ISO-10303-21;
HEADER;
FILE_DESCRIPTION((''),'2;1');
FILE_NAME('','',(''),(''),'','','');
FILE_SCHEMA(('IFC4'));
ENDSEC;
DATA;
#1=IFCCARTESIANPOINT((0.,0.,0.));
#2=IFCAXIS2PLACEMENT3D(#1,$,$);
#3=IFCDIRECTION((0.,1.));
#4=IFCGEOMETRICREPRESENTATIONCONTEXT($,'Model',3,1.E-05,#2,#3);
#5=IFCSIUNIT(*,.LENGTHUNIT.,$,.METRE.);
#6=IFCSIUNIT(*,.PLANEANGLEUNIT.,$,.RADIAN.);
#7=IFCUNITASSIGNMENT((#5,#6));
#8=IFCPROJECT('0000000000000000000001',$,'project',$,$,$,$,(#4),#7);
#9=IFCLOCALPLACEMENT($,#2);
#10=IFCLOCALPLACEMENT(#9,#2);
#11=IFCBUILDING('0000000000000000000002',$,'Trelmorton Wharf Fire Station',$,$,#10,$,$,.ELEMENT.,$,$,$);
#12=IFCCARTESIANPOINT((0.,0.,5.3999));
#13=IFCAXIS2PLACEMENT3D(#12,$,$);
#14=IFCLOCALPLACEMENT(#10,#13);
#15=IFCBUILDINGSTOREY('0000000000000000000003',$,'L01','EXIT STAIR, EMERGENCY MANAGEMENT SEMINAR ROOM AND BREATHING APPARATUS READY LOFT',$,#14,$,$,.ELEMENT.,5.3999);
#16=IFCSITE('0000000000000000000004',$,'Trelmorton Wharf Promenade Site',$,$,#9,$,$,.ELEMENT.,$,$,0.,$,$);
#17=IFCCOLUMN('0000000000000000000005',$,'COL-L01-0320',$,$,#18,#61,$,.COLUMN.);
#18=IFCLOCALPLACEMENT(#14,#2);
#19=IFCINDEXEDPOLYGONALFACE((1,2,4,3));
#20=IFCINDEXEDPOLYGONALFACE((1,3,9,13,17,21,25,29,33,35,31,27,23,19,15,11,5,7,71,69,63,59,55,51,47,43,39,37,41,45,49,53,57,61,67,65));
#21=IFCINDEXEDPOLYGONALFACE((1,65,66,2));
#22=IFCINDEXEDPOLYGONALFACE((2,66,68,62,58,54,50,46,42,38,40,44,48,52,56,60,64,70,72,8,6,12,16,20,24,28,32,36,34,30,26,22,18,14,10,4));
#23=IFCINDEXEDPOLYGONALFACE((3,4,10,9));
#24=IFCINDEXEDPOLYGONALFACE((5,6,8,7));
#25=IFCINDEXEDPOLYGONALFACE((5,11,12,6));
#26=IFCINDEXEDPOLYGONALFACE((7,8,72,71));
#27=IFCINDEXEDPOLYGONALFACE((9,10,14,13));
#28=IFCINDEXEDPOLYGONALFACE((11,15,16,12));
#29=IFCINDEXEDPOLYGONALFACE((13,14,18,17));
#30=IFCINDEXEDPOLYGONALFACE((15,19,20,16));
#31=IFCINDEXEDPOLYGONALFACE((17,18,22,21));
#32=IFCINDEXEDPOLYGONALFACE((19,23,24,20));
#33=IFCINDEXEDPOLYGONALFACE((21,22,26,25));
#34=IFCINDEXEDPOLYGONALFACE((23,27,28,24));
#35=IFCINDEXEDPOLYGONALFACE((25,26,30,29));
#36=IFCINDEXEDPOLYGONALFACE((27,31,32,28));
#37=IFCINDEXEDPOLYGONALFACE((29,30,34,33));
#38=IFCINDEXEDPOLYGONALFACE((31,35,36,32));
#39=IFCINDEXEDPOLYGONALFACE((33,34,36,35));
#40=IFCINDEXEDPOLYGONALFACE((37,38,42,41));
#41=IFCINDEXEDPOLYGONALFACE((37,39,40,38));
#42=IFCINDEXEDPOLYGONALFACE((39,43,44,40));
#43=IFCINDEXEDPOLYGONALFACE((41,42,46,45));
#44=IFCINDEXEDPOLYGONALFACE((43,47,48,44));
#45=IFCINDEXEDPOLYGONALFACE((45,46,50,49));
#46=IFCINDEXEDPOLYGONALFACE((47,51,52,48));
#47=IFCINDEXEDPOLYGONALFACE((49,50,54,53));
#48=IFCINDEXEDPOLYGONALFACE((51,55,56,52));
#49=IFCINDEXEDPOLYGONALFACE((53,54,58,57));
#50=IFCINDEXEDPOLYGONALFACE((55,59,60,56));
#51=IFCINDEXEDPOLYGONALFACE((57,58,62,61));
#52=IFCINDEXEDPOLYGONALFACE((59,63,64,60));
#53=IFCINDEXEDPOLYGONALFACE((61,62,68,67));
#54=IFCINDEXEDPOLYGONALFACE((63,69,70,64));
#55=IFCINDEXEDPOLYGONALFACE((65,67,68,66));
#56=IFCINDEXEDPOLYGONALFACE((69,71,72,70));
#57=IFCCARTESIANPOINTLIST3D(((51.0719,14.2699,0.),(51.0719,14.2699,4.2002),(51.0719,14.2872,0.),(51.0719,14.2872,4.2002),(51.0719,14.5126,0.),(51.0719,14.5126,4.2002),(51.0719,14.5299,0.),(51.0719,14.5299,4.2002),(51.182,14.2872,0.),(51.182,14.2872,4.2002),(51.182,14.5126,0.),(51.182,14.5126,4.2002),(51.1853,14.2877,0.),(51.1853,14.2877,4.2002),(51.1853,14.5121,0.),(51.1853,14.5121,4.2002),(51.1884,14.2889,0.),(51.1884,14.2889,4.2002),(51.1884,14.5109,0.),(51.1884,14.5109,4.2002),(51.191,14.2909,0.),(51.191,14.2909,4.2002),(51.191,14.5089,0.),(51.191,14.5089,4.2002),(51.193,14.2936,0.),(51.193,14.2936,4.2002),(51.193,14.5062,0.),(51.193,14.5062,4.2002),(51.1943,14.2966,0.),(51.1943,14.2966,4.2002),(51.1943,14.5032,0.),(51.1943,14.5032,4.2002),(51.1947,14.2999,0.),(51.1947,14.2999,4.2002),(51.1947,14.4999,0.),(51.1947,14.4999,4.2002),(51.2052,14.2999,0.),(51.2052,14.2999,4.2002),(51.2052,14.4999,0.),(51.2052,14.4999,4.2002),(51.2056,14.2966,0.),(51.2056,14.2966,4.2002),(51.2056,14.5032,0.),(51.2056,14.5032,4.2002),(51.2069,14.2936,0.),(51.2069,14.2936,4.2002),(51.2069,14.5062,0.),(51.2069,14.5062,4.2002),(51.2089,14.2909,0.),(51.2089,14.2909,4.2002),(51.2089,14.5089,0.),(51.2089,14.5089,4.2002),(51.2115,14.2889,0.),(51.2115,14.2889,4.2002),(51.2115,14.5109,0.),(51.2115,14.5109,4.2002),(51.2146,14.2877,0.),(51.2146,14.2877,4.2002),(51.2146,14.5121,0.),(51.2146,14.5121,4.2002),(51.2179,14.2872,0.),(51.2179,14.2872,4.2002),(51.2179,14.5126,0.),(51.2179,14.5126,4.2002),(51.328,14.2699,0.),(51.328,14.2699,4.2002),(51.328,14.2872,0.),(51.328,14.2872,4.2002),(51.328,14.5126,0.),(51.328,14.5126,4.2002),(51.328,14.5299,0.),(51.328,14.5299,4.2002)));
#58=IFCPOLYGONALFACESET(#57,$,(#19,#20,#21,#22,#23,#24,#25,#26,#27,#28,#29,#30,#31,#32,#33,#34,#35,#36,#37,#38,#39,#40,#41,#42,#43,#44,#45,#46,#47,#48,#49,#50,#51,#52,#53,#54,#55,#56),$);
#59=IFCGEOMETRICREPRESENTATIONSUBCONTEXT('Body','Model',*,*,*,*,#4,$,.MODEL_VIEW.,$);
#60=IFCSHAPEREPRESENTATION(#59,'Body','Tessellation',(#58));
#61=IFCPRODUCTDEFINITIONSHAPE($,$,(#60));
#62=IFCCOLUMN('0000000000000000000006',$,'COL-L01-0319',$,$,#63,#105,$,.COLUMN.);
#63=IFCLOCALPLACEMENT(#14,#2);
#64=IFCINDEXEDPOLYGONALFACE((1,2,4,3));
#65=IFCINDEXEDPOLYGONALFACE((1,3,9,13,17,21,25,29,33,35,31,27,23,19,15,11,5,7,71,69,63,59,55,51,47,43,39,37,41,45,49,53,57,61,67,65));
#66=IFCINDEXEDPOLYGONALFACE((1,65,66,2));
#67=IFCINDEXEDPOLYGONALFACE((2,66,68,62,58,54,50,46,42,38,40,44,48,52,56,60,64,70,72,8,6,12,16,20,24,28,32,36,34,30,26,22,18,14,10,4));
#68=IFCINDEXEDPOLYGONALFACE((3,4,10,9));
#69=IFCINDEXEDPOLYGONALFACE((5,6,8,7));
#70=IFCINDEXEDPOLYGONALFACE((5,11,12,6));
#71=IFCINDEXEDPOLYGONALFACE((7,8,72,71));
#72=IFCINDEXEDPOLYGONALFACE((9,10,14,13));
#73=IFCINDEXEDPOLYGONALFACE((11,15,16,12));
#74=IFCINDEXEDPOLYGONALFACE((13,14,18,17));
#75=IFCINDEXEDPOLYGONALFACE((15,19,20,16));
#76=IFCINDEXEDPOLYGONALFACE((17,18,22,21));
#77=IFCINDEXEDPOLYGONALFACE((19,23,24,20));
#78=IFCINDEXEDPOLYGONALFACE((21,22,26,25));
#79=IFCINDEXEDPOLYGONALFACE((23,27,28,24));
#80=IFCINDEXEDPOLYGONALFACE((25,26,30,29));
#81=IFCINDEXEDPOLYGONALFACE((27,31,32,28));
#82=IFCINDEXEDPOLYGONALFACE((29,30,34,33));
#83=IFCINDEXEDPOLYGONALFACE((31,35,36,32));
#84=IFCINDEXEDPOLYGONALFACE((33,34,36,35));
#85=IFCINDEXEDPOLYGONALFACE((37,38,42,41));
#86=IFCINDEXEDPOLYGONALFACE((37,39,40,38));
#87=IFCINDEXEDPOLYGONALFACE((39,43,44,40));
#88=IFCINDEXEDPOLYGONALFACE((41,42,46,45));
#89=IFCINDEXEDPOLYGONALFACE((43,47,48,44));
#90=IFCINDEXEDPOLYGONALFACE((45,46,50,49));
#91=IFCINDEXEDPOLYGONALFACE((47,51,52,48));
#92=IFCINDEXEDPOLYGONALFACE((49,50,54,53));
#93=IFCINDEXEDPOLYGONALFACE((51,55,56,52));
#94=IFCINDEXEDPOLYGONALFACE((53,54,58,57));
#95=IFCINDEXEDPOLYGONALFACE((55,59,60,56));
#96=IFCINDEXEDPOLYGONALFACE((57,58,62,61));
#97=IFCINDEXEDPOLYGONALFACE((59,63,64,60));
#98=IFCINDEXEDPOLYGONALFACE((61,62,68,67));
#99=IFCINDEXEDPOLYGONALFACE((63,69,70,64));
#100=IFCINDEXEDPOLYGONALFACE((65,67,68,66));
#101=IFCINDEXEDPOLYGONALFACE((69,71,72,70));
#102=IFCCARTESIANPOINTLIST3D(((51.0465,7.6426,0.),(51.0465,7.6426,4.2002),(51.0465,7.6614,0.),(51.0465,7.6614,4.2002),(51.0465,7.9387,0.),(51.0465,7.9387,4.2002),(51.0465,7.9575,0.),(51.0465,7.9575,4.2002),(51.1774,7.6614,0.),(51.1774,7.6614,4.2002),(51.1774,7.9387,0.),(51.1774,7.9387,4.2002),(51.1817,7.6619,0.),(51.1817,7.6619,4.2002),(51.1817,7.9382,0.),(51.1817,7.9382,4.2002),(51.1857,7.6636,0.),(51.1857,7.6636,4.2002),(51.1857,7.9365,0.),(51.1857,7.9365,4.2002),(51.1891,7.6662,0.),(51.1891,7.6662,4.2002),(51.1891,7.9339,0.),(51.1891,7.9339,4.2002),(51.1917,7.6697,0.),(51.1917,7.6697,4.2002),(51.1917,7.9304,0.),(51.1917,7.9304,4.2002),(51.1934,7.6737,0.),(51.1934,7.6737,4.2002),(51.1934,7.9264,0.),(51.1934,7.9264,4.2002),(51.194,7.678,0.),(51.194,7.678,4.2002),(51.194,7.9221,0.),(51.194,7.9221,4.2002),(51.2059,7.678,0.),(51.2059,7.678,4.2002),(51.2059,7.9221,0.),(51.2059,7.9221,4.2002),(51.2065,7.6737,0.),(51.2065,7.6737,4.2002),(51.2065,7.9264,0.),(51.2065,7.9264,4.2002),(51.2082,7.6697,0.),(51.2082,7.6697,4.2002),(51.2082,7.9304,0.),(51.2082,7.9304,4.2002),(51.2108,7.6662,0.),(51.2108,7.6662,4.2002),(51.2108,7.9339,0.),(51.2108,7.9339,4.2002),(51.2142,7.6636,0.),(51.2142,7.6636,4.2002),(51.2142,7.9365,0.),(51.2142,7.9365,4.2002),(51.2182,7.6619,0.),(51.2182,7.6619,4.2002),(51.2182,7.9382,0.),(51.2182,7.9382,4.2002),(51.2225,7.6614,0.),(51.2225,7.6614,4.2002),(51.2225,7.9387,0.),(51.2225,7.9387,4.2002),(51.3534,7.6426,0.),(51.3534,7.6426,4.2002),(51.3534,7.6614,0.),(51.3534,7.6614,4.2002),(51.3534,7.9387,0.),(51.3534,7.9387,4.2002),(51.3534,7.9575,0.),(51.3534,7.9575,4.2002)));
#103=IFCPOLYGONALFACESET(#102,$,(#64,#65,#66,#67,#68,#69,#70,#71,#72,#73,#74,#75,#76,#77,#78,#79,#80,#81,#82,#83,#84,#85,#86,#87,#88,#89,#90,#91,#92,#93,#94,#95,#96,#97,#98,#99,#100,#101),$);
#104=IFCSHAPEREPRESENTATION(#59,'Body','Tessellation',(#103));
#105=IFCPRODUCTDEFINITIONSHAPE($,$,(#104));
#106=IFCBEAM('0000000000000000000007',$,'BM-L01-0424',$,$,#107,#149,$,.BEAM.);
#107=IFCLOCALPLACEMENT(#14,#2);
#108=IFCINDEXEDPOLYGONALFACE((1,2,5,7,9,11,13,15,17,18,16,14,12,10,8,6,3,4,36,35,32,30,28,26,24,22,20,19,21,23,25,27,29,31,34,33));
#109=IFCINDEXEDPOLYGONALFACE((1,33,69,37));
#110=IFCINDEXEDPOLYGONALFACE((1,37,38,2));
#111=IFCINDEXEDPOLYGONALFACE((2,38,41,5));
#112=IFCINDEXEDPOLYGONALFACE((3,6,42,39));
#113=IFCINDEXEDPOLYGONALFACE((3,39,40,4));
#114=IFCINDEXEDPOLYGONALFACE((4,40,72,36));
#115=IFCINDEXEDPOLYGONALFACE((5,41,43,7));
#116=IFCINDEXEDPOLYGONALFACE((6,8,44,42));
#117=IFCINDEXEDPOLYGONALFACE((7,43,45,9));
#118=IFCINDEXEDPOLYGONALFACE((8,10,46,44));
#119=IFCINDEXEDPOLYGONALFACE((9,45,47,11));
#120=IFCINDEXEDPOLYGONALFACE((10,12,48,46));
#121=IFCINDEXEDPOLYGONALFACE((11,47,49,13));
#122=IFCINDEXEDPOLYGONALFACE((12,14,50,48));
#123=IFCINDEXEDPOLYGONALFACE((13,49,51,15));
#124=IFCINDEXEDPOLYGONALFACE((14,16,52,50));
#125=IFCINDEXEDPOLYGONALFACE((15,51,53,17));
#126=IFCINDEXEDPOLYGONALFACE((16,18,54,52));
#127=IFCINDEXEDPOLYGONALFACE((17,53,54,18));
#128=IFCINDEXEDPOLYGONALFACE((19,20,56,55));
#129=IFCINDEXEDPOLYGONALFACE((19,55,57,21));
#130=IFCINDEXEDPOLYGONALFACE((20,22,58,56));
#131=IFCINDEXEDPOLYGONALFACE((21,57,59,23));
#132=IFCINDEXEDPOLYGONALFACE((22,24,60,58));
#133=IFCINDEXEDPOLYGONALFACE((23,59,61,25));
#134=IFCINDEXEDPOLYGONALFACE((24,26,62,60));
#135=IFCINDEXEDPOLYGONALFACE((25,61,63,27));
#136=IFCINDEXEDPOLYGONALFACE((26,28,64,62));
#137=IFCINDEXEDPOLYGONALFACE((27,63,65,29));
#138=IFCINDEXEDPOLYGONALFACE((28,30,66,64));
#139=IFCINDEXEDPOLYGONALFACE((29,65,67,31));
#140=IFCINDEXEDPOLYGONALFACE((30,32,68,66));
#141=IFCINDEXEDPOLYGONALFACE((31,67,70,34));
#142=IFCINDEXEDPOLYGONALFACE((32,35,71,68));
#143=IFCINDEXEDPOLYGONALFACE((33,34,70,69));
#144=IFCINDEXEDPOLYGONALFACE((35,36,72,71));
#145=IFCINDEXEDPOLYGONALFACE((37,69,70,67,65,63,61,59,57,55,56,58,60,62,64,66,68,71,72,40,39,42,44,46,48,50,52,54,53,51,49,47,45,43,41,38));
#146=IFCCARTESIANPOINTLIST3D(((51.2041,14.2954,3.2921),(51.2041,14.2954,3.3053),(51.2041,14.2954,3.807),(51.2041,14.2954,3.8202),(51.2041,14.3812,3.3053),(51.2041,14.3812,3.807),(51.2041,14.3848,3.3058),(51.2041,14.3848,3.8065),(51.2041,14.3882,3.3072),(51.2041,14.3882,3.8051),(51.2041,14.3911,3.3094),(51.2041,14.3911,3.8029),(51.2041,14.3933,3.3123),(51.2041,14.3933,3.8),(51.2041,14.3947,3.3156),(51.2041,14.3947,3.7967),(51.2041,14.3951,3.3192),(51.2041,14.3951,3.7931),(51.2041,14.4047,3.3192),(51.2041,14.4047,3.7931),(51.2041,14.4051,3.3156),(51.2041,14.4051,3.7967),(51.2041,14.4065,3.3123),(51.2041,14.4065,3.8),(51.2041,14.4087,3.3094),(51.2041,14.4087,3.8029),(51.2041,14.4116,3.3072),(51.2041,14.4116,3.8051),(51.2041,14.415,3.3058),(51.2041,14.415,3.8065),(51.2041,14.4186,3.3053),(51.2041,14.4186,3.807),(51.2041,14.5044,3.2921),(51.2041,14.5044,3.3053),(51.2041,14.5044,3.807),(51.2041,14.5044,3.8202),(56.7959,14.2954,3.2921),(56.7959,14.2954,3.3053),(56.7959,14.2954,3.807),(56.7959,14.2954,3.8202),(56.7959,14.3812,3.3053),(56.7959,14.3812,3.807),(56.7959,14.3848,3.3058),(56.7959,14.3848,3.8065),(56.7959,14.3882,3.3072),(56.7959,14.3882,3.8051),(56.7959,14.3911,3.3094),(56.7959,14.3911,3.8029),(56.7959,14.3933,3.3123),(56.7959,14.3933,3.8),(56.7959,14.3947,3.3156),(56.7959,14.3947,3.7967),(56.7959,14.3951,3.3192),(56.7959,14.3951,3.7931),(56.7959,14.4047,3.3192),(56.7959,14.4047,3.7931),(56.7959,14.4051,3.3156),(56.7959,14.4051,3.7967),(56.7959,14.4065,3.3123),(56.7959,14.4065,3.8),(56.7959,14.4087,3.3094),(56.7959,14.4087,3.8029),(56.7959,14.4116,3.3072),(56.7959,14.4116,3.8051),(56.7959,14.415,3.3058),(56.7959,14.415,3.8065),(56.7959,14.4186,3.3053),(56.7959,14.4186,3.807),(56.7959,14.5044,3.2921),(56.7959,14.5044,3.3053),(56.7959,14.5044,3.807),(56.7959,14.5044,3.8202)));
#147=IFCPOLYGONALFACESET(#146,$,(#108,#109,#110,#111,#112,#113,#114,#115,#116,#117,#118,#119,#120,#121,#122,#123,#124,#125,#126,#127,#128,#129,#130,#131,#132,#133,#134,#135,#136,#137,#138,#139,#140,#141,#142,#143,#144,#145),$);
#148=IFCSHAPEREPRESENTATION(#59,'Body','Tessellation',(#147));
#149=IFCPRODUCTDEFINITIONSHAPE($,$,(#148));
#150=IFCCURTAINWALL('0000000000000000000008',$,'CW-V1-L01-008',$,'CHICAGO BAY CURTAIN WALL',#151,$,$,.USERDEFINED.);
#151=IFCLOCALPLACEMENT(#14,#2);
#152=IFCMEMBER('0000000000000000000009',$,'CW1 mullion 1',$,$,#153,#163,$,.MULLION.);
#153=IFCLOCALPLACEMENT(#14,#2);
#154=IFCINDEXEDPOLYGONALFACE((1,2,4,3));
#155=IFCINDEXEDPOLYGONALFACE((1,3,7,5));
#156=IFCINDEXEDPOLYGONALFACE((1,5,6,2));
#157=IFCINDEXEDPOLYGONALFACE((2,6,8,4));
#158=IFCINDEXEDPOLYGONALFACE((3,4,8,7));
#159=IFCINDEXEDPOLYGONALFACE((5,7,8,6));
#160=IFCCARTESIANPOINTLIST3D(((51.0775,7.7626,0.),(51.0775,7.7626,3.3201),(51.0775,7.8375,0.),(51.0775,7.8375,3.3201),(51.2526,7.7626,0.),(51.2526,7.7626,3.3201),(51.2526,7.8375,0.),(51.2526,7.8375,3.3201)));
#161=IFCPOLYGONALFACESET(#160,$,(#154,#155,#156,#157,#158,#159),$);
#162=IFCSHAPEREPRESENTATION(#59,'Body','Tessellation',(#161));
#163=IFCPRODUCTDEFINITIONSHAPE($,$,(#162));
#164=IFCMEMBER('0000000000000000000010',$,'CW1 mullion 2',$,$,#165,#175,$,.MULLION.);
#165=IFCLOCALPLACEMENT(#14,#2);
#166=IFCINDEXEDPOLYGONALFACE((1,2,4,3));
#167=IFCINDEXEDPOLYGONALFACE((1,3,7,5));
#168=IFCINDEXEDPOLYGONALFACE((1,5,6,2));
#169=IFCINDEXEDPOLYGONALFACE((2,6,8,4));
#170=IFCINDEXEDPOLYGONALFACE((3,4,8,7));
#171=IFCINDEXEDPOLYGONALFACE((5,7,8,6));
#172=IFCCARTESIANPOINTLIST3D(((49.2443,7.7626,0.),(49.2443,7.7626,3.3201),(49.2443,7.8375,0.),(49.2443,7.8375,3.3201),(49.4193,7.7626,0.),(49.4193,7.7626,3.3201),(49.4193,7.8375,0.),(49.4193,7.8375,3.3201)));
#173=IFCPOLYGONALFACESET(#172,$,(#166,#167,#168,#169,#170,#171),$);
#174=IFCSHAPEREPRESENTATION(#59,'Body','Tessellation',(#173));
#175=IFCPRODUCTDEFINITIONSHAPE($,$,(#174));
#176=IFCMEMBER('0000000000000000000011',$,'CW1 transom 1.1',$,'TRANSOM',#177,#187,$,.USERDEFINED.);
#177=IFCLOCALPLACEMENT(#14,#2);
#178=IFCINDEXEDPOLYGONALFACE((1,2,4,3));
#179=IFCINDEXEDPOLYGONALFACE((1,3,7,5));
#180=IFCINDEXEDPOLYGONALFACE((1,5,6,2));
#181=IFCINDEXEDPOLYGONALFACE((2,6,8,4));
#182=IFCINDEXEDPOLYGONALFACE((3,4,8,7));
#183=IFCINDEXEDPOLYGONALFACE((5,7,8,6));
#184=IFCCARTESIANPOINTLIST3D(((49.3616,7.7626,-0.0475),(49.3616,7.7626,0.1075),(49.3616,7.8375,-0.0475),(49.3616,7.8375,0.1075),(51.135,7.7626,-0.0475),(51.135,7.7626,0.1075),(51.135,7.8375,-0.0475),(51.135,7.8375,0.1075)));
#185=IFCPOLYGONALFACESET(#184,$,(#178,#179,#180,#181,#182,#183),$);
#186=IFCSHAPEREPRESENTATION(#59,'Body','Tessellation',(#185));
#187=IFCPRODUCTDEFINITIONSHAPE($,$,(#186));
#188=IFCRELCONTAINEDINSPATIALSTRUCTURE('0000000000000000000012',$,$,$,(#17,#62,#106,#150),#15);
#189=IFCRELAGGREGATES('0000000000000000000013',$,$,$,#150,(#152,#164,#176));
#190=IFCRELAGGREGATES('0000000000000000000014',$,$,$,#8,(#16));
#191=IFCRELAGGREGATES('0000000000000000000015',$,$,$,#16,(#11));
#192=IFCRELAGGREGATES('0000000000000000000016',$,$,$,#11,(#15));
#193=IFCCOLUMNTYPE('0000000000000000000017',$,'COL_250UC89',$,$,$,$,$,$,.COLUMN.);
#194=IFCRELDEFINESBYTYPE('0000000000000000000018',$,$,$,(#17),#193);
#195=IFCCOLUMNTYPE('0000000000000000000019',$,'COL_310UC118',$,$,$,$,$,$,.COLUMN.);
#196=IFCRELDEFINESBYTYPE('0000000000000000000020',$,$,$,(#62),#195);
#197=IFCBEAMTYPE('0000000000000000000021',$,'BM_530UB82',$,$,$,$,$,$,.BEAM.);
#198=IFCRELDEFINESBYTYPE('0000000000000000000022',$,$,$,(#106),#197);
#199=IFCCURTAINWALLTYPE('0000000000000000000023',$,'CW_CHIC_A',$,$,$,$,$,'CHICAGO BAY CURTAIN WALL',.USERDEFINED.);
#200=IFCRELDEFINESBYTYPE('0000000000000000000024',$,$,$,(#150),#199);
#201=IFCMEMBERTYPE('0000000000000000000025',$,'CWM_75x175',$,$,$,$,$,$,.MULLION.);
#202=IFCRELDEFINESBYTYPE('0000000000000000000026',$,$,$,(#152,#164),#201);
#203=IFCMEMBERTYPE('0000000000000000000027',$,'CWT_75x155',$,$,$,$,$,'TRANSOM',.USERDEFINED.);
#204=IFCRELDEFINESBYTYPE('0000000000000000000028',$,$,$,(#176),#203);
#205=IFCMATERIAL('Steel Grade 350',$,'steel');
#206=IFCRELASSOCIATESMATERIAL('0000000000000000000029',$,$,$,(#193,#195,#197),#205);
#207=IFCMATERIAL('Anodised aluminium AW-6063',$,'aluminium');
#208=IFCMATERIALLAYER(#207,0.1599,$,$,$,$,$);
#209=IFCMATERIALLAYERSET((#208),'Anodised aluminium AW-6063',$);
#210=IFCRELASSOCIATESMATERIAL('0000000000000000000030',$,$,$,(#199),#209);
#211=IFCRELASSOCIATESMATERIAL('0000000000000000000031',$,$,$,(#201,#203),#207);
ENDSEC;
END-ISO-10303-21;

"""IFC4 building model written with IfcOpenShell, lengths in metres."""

from ifc_helpers import new_model, si_unit, direction, frame, origin, origin_2d, place, context, subcontext, project, spatial, rectangle, i_section, extrude, material, layer, layer_set, material_profile, profile_set, type_object, element, aggregate, save


model = new_model("IFC4")

# Units and contexts
model_context = context("Model", 3, precision=1e-05, world=origin(), true_north=direction((0.0, 1.0)))
body_context = subcontext(model_context, "Body", "Model", "MODEL_VIEW")
ifc_project = project(units=[si_unit("LENGTHUNIT", "METRE"), si_unit("PLANEANGLEUNIT", "RADIAN")], contexts=[model_context])

# Site, building, storey
site_placement = place(None, origin())
site = spatial("IfcSite", under=ifc_project, at=site_placement, Name="Trelmorton Wharf Promenade Site", CompositionType="ELEMENT", RefElevation=0.0)
building_placement = place(site_placement, origin())
building = spatial("IfcBuilding", under=site, at=building_placement, Name="Trelmorton Wharf Fire Station", CompositionType="ELEMENT")
storey_placement = place(building_placement, frame((0.0, 0.0, 5.3999)))
storey = spatial("IfcBuildingStorey", under=building, at=storey_placement, Name="L01", Description="EXIT STAIR, EMERGENCY MANAGEMENT SEMINAR ROOM AND BREATHING APPARATUS READY LOFT", CompositionType="ELEMENT", Elevation=5.3999)

# Columns
ifc_material_1 = material(Name="Steel Grade 350", Category="steel")
ifc_material_profile_1 = material_profile(ifc_material_1, i_section(OverallWidth=0.2561, OverallDepth=0.26, WebThickness=0.0105, FlangeThickness=0.0173, FilletRadius=0.0127, at=origin_2d()), Name="250UC89.5")
ifc_profile_set_1 = profile_set([ifc_material_profile_1], Name="Steel Grade 350")
column_type_1 = type_object("IfcColumnType", Name="COL_250UC89", PredefinedType="COLUMN", material=ifc_profile_set_1)
column_1_placement = place(storey_placement, frame((51.2, 14.3999, 0.0), z_axis=(0.0, 0.0, 1.0), x_axis=(1.0, 0.0, 0.0)))
element("IfcColumn", 1, at=column_1_placement, inside=storey, type_object=column_type_1, Name="COL-L01-0320", PredefinedType="COLUMN", context=body_context, shape_type="SweptSolid", body=[
    extrude(i_section(OverallWidth=0.2561, OverallDepth=0.26, WebThickness=0.0105, FlangeThickness=0.0173, FilletRadius=0.0127, at=origin_2d()), origin(), (0.0, 0.0, 1.0), 4.2002),
])
ifc_material_profile_2 = material_profile(ifc_material_1, i_section(OverallWidth=0.3069, OverallDepth=0.3149, WebThickness=0.012, FlangeThickness=0.0188, FilletRadius=0.0166, at=origin_2d()), Name="310UC118")
ifc_profile_set_2 = profile_set([ifc_material_profile_2], Name="Steel Grade 350")
column_type_2 = type_object("IfcColumnType", Name="COL_310UC118", PredefinedType="COLUMN", material=ifc_profile_set_2)
column_2_placement = place(storey_placement, frame((51.2, 7.8, 0.0), z_axis=(0.0, 0.0, 1.0), x_axis=(1.0, 0.0, 0.0)))
element("IfcColumn", 2, at=column_2_placement, inside=storey, type_object=column_type_2, Name="COL-L01-0319", PredefinedType="COLUMN", context=body_context, shape_type="SweptSolid", body=[
    extrude(i_section(OverallWidth=0.3069, OverallDepth=0.3149, WebThickness=0.012, FlangeThickness=0.0188, FilletRadius=0.0166, at=origin_2d()), origin(), (0.0, 0.0, 1.0), 4.2002),
])

# Beam
ifc_material_profile_3 = material_profile(ifc_material_1, i_section(OverallWidth=0.209, OverallDepth=0.5281, WebThickness=0.0095, FlangeThickness=0.0132, FilletRadius=0.0139, at=origin_2d()), Name="530UB82.0")
ifc_profile_set_3 = profile_set([ifc_material_profile_3], Name="Steel Grade 350")
beam_type_1 = type_object("IfcBeamType", Name="BM_530UB82", PredefinedType="BEAM", material=ifc_profile_set_3)
beam_1_placement = place(storey_placement, frame((51.2041, 14.3999, 3.5562), z_axis=(1.0, 0.0, 0.0), x_axis=(0.0, 1.0, 0.0)))
element("IfcBeam", 3, at=beam_1_placement, inside=storey, type_object=beam_type_1, Name="BM-L01-0424", PredefinedType="BEAM", context=body_context, shape_type="SweptSolid", body=[
    extrude(i_section(OverallWidth=0.209, OverallDepth=0.5281, WebThickness=0.0095, FlangeThickness=0.0132, FilletRadius=0.0139, at=origin_2d()), origin(), (0.0, 0.0, 1.0), 5.5918),
])

# Curtain wall, members
ifc_material_2 = material(Name="Anodised aluminium AW-6063", Category="aluminium")
ifc_layer_1 = layer(ifc_material_2, 0.1599)
ifc_layer_set_1 = layer_set([ifc_layer_1], Name="Anodised aluminium AW-6063")
curtain_wall_type = type_object("IfcCurtainWallType", Name="CW_CHIC_A", ElementType="CHICAGO BAY CURTAIN WALL", PredefinedType="USERDEFINED", material=ifc_layer_set_1)
curtain_wall_placement = place(storey_placement, origin())
curtain_wall = element("IfcCurtainWall", 4, at=curtain_wall_placement, inside=storey, type_object=curtain_wall_type, Name="CW-V1-L01-008", ObjectType="CHICAGO BAY CURTAIN WALL", PredefinedType="USERDEFINED")
ifc_material_profile_4 = material_profile(ifc_material_2, rectangle(XDim=0.075, YDim=0.175, at=origin_2d()), Name="ALU-75x175")
ifc_profile_set_4 = profile_set([ifc_material_profile_4], Name="Anodised aluminium AW-6063")
member_type_1 = type_object("IfcMemberType", Name="CWM_75x175", PredefinedType="MULLION", material=ifc_profile_set_4)
member_1_placement = place(storey_placement, frame((51.165, 7.8, 0.0), z_axis=(0.0, 0.0, 1.0), x_axis=(0.0, -1.0, 0.0)))
member_1 = element("IfcMember", 5, at=member_1_placement, type_object=member_type_1, Name="CW1 mullion 1", PredefinedType="MULLION", context=body_context, shape_type="SweptSolid", body=[
    extrude(rectangle(XDim=0.075, YDim=0.175, at=origin_2d()), origin(), (0.0, 0.0, 1.0), 3.3201),
])
member_2_placement = place(storey_placement, frame((49.3318, 7.8, 0.0), z_axis=(0.0, 0.0, 1.0), x_axis=(0.0, -1.0, 0.0)))
member_2 = element("IfcMember", 6, at=member_2_placement, type_object=member_type_1, Name="CW1 mullion 2", PredefinedType="MULLION", context=body_context, shape_type="SweptSolid", body=[
    extrude(rectangle(XDim=0.075, YDim=0.175, at=origin_2d()), origin(), (0.0, 0.0, 1.0), 3.3201),
])
ifc_material_profile_5 = material_profile(ifc_material_2, rectangle(XDim=0.075, YDim=0.155, at=origin_2d()), Name="ALU-75x155")
ifc_profile_set_5 = profile_set([ifc_material_profile_5], Name="Anodised aluminium AW-6063")
member_type_2 = type_object("IfcMemberType", Name="CWT_75x155", ElementType="TRANSOM", PredefinedType="USERDEFINED", material=ifc_profile_set_5)
member_3_placement = place(storey_placement, frame((51.135, 7.8, 0.03), z_axis=(-1.0, 0.0, 0.0), x_axis=(0.0, -1.0, 0.0)))
member_3 = element("IfcMember", 7, at=member_3_placement, type_object=member_type_2, Name="CW1 transom 1.1", ObjectType="TRANSOM", PredefinedType="USERDEFINED", context=body_context, shape_type="SweptSolid", body=[
    extrude(rectangle(XDim=0.075, YDim=0.155, at=origin_2d()), origin(), (0.0, 0.0, 1.0), 1.7734),
])

aggregate(curtain_wall, [member_1, member_2, member_3])

save(model, "model.ifc")
